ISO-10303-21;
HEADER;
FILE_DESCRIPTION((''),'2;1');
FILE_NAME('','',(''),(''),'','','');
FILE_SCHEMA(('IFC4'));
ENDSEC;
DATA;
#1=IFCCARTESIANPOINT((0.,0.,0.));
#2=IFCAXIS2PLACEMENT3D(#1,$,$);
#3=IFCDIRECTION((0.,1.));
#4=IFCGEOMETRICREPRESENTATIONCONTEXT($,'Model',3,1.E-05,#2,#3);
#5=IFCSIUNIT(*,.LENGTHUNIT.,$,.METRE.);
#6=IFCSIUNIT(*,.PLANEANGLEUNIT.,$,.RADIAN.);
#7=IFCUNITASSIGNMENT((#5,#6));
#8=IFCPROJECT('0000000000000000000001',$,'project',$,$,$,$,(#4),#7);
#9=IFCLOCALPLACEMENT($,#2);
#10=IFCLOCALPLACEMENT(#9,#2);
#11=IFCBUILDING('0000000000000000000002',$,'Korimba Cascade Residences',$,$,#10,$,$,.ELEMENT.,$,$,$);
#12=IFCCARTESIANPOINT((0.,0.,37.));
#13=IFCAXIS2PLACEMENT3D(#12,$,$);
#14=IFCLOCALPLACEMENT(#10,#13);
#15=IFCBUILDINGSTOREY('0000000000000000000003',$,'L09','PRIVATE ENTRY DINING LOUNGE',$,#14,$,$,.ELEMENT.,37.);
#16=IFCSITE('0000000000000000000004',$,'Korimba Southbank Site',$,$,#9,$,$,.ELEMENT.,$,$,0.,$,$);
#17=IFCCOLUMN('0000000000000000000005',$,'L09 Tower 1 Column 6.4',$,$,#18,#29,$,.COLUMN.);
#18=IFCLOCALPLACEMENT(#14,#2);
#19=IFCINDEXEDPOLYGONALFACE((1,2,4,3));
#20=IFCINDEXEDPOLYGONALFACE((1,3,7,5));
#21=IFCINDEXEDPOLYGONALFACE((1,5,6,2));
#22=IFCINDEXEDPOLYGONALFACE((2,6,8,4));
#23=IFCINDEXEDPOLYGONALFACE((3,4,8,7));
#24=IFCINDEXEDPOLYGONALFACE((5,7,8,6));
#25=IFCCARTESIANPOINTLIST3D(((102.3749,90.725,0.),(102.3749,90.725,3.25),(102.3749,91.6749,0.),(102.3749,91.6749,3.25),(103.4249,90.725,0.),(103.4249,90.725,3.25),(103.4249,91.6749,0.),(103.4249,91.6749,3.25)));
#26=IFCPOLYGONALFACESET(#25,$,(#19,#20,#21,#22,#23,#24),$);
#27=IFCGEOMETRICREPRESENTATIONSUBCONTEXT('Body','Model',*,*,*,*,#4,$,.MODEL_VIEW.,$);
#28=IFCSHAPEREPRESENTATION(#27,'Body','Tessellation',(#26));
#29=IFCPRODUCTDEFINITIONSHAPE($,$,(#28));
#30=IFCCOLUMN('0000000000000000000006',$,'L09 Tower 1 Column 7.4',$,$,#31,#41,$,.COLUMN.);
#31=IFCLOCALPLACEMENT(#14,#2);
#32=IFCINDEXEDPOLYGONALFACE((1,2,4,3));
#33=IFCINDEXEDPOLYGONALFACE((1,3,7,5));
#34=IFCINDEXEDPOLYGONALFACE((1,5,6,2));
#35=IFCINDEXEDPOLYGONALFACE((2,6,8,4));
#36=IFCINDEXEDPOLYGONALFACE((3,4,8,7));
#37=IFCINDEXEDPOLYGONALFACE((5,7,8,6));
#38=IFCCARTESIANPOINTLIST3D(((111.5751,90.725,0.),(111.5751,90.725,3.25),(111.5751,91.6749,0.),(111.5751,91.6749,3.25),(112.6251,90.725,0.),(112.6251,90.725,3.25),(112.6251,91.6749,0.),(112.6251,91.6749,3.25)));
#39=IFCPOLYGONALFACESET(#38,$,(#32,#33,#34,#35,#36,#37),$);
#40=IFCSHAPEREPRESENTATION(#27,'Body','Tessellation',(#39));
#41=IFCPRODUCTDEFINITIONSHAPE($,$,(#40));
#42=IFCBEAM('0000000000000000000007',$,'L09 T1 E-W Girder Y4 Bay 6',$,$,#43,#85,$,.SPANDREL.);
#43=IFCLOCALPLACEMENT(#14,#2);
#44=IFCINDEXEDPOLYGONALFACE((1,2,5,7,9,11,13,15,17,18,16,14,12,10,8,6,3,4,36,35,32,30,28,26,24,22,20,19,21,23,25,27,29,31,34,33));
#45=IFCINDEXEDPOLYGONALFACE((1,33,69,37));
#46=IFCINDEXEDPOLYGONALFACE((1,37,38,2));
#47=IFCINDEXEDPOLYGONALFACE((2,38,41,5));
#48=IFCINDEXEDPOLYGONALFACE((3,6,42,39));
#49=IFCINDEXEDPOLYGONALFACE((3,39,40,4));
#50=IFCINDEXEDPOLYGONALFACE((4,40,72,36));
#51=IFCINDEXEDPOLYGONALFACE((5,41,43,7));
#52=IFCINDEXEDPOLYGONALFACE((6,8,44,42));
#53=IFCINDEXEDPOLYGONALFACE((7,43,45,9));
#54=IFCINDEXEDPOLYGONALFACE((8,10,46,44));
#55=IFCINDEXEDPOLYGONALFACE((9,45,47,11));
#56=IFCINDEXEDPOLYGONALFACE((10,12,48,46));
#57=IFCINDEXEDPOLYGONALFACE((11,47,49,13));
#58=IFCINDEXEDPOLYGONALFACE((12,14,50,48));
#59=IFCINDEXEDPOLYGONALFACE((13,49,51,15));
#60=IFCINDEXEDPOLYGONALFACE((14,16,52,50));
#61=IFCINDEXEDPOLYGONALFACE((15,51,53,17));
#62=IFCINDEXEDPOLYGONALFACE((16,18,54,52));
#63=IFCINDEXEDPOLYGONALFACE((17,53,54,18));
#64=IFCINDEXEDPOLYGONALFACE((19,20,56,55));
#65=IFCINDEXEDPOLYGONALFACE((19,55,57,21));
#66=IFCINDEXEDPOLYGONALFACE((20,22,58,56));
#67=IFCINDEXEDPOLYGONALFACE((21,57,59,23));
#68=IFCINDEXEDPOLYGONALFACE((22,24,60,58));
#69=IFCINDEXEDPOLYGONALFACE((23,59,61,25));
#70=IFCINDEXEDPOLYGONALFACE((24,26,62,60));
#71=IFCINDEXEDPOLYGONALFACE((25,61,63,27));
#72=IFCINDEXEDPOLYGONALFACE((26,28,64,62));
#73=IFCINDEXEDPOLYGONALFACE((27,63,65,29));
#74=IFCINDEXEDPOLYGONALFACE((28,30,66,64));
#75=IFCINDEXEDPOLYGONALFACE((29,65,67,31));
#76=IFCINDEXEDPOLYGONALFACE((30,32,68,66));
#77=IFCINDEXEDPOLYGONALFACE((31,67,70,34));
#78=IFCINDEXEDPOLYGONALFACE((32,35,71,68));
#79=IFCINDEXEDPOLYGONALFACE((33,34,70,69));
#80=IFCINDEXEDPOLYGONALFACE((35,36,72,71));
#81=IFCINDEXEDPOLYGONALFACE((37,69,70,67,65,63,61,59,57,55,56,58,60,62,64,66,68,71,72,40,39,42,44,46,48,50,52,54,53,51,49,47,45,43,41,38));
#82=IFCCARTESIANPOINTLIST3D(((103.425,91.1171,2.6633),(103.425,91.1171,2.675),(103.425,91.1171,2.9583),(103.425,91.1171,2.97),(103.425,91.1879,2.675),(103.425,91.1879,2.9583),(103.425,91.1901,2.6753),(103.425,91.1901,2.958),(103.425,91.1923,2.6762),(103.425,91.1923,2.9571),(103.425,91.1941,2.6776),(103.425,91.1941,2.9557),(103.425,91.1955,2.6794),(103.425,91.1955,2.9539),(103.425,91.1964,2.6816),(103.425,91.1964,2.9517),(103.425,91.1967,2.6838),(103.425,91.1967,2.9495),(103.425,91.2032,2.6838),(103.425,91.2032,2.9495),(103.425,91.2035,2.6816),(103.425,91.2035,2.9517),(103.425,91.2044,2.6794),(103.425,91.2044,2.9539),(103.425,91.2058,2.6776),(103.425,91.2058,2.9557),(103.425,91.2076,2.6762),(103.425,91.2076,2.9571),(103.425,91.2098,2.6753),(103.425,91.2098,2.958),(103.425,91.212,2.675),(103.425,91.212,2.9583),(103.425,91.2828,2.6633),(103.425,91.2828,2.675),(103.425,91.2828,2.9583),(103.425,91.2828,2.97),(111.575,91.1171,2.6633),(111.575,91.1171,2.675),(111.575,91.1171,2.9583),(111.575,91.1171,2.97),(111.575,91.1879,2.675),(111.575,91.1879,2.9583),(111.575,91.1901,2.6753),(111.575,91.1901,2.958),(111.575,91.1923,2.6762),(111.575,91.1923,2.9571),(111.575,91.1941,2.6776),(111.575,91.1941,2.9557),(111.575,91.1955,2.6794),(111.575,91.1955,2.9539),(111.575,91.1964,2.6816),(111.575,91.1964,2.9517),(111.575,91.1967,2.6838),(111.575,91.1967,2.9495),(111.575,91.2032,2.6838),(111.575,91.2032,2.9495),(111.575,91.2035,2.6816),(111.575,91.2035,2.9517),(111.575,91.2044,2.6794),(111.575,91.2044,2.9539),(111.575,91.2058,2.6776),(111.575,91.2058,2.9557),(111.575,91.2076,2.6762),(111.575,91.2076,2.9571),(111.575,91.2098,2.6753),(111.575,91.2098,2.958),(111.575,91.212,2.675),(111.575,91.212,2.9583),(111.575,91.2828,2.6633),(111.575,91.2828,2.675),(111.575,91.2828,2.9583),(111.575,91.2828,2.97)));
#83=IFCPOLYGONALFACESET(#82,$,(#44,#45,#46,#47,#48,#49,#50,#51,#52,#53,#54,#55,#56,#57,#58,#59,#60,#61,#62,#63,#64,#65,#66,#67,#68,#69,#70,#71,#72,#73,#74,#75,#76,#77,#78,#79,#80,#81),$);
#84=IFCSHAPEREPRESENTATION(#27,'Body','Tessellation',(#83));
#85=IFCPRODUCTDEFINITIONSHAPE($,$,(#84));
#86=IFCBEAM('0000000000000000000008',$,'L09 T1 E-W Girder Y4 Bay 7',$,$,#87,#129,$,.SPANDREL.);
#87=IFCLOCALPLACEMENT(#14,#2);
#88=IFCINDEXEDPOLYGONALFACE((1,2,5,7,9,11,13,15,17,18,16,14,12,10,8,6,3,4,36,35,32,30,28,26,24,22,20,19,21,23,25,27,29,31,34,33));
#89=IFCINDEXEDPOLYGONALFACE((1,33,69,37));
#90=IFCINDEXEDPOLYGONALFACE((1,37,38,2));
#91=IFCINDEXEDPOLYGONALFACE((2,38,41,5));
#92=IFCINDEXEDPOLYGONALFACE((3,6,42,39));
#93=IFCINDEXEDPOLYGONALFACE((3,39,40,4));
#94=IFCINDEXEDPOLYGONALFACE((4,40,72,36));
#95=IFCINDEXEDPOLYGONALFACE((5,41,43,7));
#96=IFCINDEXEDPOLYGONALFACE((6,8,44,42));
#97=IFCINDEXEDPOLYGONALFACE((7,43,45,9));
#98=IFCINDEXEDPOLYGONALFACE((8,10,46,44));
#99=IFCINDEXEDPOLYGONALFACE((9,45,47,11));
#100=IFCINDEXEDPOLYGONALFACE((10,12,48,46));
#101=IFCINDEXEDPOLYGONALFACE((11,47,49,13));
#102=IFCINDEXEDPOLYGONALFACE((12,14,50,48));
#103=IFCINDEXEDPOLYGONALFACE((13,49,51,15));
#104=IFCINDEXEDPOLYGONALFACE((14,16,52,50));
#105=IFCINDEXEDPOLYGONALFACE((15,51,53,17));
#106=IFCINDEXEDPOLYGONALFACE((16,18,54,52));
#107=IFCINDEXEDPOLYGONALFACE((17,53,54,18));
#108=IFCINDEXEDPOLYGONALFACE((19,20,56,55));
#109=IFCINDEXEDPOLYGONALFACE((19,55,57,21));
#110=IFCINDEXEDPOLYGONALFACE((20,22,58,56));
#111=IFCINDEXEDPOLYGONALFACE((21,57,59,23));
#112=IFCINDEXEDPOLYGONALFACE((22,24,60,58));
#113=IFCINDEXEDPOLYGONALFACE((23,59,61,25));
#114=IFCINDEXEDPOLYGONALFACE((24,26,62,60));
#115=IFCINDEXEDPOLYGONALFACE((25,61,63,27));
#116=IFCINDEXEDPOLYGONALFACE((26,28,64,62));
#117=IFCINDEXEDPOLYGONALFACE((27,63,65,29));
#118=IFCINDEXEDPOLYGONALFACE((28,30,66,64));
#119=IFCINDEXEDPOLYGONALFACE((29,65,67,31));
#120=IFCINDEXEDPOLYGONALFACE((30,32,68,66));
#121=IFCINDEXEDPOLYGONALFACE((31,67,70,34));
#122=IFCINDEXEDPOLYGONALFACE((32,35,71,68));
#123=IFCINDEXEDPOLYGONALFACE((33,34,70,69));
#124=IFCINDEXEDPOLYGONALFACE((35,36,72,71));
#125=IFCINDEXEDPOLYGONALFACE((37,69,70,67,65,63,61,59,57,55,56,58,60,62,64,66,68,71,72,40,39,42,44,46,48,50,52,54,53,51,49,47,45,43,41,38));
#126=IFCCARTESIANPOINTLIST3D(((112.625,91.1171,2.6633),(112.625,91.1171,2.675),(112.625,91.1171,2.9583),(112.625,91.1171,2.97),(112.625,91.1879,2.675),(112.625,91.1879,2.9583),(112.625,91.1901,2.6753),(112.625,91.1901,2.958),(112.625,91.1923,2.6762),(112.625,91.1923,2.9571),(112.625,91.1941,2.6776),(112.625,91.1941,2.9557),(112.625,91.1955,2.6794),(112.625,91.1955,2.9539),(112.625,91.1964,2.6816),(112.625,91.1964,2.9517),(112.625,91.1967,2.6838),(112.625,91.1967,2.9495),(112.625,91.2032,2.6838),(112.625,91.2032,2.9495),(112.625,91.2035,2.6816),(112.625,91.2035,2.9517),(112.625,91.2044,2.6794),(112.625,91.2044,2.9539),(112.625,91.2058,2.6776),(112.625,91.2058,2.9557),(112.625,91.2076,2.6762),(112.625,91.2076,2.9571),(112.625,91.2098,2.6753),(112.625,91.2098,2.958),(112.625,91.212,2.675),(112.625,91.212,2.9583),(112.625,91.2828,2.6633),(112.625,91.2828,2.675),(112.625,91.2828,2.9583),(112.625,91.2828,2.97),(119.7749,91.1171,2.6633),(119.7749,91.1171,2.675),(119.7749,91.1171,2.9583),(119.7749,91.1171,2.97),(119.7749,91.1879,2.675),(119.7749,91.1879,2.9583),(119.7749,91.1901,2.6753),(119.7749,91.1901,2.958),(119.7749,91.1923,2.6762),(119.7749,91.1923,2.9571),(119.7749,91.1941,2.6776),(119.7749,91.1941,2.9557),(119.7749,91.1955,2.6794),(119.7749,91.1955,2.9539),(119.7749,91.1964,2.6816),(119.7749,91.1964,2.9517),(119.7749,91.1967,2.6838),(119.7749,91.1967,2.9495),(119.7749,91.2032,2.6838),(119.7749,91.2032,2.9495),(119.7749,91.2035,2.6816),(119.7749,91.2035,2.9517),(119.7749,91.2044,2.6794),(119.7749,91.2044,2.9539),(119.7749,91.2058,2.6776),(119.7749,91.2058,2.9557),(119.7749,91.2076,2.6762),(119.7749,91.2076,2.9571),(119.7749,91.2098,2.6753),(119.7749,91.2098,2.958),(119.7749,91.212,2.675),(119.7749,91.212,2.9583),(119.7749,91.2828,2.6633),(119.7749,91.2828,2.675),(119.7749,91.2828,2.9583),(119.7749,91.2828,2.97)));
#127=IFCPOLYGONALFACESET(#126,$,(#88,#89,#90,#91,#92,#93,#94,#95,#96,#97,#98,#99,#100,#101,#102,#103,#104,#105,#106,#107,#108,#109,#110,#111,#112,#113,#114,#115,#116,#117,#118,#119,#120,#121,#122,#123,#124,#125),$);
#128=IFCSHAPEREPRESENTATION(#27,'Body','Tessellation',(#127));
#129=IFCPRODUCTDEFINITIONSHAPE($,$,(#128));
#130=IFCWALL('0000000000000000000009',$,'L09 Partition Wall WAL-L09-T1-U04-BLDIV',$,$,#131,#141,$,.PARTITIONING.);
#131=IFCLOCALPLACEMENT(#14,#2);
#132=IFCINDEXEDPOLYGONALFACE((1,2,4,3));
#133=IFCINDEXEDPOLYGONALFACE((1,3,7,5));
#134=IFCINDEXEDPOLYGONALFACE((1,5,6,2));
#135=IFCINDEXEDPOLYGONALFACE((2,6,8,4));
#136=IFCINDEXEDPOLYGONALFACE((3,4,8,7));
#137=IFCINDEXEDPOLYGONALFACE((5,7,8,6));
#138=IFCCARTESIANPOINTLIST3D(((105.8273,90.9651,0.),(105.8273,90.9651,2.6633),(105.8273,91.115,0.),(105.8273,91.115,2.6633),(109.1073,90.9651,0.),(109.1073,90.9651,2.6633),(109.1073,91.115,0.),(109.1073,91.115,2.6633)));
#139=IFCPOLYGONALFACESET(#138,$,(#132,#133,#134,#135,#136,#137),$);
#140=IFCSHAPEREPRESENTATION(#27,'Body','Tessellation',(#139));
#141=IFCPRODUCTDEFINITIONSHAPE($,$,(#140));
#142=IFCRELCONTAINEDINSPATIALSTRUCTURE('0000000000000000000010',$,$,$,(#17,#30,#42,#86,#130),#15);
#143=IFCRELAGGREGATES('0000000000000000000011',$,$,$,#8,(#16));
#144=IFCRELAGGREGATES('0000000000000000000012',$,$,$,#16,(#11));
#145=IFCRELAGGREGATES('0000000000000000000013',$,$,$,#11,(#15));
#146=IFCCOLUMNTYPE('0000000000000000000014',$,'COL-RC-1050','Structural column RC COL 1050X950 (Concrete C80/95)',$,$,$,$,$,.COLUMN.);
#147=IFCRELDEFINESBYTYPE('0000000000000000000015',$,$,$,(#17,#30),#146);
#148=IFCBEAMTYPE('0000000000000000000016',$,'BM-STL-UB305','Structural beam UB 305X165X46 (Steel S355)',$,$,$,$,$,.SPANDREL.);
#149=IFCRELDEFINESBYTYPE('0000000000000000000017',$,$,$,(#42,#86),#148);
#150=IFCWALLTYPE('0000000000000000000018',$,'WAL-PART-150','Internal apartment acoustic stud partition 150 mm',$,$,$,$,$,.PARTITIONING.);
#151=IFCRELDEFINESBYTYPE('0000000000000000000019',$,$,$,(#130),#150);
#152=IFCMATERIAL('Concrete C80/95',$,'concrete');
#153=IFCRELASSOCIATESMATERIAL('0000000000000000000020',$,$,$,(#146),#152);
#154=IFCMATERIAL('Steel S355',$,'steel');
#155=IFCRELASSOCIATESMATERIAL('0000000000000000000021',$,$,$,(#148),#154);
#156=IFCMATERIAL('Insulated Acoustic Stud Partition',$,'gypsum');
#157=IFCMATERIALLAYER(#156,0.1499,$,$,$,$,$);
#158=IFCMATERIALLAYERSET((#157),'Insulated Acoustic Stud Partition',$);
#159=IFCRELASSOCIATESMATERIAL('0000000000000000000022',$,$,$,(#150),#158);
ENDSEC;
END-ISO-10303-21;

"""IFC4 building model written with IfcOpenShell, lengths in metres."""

from ifc_helpers import new_model, si_unit, direction, frame, frame_2d, origin, origin_2d, place, context, subcontext, project, spatial, rectangle, i_section, extrude, material, layer, layer_set, material_profile, profile_set, type_object, element, save


model = new_model("IFC4")

# Units and contexts
model_context = context("Model", 3, precision=1e-05, world=origin(), true_north=direction((0.0, 1.0)))
body_context = subcontext(model_context, "Body", "Model", "MODEL_VIEW")
ifc_project = project(units=[si_unit("LENGTHUNIT", "METRE"), si_unit("PLANEANGLEUNIT", "RADIAN")], contexts=[model_context])

# Site, building, storey
site_placement = place(None, origin())
site = spatial("IfcSite", under=ifc_project, at=site_placement, Name="Korimba Southbank Site", CompositionType="ELEMENT", RefElevation=0.0)
building_placement = place(site_placement, origin())
building = spatial("IfcBuilding", under=site, at=building_placement, Name="Korimba Cascade Residences", CompositionType="ELEMENT")
storey_placement = place(building_placement, frame((0.0, 0.0, 37.0)))
storey = spatial("IfcBuildingStorey", under=building, at=storey_placement, Name="L09", Description="PRIVATE ENTRY DINING LOUNGE", CompositionType="ELEMENT", Elevation=37.0)

# Columns
ifc_material_1 = material(Name="Concrete C80/95", Category="concrete")
ifc_material_profile_1 = material_profile(ifc_material_1, rectangle(XDim=1.05, YDim=0.95, at=origin_2d()), Name="Concrete C80/95")
ifc_profile_set_1 = profile_set([ifc_material_profile_1], Name="Concrete C80/95")
column_type = type_object("IfcColumnType", Name="COL-RC-1050", Description="Structural column RC COL 1050X950 (Concrete C80/95)", PredefinedType="COLUMN", material=ifc_profile_set_1)
for number, where, z_axis, x_axis, name in (
    (1, (102.8999, 91.2, 0.0), (0.0, 0.0, 1.0), (1.0, 0.0, 0.0), "L09 Tower 1 Column 6.4"),
    (2, (112.1001, 91.2, 0.0), (0.0, 0.0, 1.0), (1.0, 0.0, 0.0), "L09 Tower 1 Column 7.4"),
):
    element("IfcColumn", number, at=place(storey_placement, frame(where, z_axis=z_axis, x_axis=x_axis)), inside=storey, type_object=column_type, Name=name, PredefinedType="COLUMN", context=body_context, shape_type="SweptSolid", body=[
        extrude(rectangle(XDim=1.05, YDim=0.95, at=origin_2d()), origin(), (0.0, 0.0, 1.0), 3.25),
    ])

# Beams
ifc_material_2 = material(Name="Steel S355", Category="steel")
ifc_material_profile_2 = material_profile(ifc_material_2, i_section(OverallWidth=0.1658, OverallDepth=0.3066, WebThickness=0.0066, FlangeThickness=0.0117, FilletRadius=0.0088, at=origin_2d()), Name="Steel S355")
ifc_profile_set_2 = profile_set([ifc_material_profile_2], Name="Steel S355")
beam_type = type_object("IfcBeamType", Name="BM-STL-UB305", Description="Structural beam UB 305X165X46 (Steel S355)", PredefinedType="SPANDREL", material=ifc_profile_set_2)
beam_1_placement = place(storey_placement, frame((103.425, 91.2, 2.8167), z_axis=(1.0, 0.0, 0.0), x_axis=(0.0, 1.0, 0.0)))
element("IfcBeam", 3, at=beam_1_placement, inside=storey, type_object=beam_type, Name="L09 T1 E-W Girder Y4 Bay 6", PredefinedType="SPANDREL", context=body_context, shape_type="SweptSolid", body=[
    extrude(i_section(OverallWidth=0.1658, OverallDepth=0.3066, WebThickness=0.0066, FlangeThickness=0.0117, FilletRadius=0.0088, at=origin_2d()), origin(), (0.0, 0.0, 1.0), 8.1499),
])
beam_2_placement = place(storey_placement, frame((112.625, 91.2, 2.8167), z_axis=(1.0, 0.0, 0.0), x_axis=(0.0, 1.0, 0.0)))
element("IfcBeam", 4, at=beam_2_placement, inside=storey, type_object=beam_type, Name="L09 T1 E-W Girder Y4 Bay 7", PredefinedType="SPANDREL", context=body_context, shape_type="SweptSolid", body=[
    extrude(i_section(OverallWidth=0.1658, OverallDepth=0.3066, WebThickness=0.0066, FlangeThickness=0.0117, FilletRadius=0.0088, at=origin_2d()), origin(), (0.0, 0.0, 1.0), 7.1499),
])

# Wall
ifc_material_3 = material(Name="Insulated Acoustic Stud Partition", Category="gypsum")
ifc_layer = layer(ifc_material_3, 0.1499)
ifc_layer_set = layer_set([ifc_layer], Name="Insulated Acoustic Stud Partition")
wall_type = type_object("IfcWallType", Name="WAL-PART-150", Description="Internal apartment acoustic stud partition 150 mm", PredefinedType="PARTITIONING", material=ifc_layer_set)
wall_1_placement = place(storey_placement, frame((105.8271, 91.04, 0.0), z_axis=(0.0, 0.0, 1.0), x_axis=(1.0, 0.0, 0.0)))
element("IfcWall", 5, at=wall_1_placement, inside=storey, type_object=wall_type, Name="L09 Partition Wall WAL-L09-T1-U04-BLDIV", PredefinedType="PARTITIONING", context=body_context, shape_type="SweptSolid", body=[
    extrude(rectangle(XDim=3.28, YDim=0.1499, at=frame_2d((1.6401, 0.0))), origin(), (0.0, 0.0, 1.0), 2.6633),
])

save(model, "model.ifc")
